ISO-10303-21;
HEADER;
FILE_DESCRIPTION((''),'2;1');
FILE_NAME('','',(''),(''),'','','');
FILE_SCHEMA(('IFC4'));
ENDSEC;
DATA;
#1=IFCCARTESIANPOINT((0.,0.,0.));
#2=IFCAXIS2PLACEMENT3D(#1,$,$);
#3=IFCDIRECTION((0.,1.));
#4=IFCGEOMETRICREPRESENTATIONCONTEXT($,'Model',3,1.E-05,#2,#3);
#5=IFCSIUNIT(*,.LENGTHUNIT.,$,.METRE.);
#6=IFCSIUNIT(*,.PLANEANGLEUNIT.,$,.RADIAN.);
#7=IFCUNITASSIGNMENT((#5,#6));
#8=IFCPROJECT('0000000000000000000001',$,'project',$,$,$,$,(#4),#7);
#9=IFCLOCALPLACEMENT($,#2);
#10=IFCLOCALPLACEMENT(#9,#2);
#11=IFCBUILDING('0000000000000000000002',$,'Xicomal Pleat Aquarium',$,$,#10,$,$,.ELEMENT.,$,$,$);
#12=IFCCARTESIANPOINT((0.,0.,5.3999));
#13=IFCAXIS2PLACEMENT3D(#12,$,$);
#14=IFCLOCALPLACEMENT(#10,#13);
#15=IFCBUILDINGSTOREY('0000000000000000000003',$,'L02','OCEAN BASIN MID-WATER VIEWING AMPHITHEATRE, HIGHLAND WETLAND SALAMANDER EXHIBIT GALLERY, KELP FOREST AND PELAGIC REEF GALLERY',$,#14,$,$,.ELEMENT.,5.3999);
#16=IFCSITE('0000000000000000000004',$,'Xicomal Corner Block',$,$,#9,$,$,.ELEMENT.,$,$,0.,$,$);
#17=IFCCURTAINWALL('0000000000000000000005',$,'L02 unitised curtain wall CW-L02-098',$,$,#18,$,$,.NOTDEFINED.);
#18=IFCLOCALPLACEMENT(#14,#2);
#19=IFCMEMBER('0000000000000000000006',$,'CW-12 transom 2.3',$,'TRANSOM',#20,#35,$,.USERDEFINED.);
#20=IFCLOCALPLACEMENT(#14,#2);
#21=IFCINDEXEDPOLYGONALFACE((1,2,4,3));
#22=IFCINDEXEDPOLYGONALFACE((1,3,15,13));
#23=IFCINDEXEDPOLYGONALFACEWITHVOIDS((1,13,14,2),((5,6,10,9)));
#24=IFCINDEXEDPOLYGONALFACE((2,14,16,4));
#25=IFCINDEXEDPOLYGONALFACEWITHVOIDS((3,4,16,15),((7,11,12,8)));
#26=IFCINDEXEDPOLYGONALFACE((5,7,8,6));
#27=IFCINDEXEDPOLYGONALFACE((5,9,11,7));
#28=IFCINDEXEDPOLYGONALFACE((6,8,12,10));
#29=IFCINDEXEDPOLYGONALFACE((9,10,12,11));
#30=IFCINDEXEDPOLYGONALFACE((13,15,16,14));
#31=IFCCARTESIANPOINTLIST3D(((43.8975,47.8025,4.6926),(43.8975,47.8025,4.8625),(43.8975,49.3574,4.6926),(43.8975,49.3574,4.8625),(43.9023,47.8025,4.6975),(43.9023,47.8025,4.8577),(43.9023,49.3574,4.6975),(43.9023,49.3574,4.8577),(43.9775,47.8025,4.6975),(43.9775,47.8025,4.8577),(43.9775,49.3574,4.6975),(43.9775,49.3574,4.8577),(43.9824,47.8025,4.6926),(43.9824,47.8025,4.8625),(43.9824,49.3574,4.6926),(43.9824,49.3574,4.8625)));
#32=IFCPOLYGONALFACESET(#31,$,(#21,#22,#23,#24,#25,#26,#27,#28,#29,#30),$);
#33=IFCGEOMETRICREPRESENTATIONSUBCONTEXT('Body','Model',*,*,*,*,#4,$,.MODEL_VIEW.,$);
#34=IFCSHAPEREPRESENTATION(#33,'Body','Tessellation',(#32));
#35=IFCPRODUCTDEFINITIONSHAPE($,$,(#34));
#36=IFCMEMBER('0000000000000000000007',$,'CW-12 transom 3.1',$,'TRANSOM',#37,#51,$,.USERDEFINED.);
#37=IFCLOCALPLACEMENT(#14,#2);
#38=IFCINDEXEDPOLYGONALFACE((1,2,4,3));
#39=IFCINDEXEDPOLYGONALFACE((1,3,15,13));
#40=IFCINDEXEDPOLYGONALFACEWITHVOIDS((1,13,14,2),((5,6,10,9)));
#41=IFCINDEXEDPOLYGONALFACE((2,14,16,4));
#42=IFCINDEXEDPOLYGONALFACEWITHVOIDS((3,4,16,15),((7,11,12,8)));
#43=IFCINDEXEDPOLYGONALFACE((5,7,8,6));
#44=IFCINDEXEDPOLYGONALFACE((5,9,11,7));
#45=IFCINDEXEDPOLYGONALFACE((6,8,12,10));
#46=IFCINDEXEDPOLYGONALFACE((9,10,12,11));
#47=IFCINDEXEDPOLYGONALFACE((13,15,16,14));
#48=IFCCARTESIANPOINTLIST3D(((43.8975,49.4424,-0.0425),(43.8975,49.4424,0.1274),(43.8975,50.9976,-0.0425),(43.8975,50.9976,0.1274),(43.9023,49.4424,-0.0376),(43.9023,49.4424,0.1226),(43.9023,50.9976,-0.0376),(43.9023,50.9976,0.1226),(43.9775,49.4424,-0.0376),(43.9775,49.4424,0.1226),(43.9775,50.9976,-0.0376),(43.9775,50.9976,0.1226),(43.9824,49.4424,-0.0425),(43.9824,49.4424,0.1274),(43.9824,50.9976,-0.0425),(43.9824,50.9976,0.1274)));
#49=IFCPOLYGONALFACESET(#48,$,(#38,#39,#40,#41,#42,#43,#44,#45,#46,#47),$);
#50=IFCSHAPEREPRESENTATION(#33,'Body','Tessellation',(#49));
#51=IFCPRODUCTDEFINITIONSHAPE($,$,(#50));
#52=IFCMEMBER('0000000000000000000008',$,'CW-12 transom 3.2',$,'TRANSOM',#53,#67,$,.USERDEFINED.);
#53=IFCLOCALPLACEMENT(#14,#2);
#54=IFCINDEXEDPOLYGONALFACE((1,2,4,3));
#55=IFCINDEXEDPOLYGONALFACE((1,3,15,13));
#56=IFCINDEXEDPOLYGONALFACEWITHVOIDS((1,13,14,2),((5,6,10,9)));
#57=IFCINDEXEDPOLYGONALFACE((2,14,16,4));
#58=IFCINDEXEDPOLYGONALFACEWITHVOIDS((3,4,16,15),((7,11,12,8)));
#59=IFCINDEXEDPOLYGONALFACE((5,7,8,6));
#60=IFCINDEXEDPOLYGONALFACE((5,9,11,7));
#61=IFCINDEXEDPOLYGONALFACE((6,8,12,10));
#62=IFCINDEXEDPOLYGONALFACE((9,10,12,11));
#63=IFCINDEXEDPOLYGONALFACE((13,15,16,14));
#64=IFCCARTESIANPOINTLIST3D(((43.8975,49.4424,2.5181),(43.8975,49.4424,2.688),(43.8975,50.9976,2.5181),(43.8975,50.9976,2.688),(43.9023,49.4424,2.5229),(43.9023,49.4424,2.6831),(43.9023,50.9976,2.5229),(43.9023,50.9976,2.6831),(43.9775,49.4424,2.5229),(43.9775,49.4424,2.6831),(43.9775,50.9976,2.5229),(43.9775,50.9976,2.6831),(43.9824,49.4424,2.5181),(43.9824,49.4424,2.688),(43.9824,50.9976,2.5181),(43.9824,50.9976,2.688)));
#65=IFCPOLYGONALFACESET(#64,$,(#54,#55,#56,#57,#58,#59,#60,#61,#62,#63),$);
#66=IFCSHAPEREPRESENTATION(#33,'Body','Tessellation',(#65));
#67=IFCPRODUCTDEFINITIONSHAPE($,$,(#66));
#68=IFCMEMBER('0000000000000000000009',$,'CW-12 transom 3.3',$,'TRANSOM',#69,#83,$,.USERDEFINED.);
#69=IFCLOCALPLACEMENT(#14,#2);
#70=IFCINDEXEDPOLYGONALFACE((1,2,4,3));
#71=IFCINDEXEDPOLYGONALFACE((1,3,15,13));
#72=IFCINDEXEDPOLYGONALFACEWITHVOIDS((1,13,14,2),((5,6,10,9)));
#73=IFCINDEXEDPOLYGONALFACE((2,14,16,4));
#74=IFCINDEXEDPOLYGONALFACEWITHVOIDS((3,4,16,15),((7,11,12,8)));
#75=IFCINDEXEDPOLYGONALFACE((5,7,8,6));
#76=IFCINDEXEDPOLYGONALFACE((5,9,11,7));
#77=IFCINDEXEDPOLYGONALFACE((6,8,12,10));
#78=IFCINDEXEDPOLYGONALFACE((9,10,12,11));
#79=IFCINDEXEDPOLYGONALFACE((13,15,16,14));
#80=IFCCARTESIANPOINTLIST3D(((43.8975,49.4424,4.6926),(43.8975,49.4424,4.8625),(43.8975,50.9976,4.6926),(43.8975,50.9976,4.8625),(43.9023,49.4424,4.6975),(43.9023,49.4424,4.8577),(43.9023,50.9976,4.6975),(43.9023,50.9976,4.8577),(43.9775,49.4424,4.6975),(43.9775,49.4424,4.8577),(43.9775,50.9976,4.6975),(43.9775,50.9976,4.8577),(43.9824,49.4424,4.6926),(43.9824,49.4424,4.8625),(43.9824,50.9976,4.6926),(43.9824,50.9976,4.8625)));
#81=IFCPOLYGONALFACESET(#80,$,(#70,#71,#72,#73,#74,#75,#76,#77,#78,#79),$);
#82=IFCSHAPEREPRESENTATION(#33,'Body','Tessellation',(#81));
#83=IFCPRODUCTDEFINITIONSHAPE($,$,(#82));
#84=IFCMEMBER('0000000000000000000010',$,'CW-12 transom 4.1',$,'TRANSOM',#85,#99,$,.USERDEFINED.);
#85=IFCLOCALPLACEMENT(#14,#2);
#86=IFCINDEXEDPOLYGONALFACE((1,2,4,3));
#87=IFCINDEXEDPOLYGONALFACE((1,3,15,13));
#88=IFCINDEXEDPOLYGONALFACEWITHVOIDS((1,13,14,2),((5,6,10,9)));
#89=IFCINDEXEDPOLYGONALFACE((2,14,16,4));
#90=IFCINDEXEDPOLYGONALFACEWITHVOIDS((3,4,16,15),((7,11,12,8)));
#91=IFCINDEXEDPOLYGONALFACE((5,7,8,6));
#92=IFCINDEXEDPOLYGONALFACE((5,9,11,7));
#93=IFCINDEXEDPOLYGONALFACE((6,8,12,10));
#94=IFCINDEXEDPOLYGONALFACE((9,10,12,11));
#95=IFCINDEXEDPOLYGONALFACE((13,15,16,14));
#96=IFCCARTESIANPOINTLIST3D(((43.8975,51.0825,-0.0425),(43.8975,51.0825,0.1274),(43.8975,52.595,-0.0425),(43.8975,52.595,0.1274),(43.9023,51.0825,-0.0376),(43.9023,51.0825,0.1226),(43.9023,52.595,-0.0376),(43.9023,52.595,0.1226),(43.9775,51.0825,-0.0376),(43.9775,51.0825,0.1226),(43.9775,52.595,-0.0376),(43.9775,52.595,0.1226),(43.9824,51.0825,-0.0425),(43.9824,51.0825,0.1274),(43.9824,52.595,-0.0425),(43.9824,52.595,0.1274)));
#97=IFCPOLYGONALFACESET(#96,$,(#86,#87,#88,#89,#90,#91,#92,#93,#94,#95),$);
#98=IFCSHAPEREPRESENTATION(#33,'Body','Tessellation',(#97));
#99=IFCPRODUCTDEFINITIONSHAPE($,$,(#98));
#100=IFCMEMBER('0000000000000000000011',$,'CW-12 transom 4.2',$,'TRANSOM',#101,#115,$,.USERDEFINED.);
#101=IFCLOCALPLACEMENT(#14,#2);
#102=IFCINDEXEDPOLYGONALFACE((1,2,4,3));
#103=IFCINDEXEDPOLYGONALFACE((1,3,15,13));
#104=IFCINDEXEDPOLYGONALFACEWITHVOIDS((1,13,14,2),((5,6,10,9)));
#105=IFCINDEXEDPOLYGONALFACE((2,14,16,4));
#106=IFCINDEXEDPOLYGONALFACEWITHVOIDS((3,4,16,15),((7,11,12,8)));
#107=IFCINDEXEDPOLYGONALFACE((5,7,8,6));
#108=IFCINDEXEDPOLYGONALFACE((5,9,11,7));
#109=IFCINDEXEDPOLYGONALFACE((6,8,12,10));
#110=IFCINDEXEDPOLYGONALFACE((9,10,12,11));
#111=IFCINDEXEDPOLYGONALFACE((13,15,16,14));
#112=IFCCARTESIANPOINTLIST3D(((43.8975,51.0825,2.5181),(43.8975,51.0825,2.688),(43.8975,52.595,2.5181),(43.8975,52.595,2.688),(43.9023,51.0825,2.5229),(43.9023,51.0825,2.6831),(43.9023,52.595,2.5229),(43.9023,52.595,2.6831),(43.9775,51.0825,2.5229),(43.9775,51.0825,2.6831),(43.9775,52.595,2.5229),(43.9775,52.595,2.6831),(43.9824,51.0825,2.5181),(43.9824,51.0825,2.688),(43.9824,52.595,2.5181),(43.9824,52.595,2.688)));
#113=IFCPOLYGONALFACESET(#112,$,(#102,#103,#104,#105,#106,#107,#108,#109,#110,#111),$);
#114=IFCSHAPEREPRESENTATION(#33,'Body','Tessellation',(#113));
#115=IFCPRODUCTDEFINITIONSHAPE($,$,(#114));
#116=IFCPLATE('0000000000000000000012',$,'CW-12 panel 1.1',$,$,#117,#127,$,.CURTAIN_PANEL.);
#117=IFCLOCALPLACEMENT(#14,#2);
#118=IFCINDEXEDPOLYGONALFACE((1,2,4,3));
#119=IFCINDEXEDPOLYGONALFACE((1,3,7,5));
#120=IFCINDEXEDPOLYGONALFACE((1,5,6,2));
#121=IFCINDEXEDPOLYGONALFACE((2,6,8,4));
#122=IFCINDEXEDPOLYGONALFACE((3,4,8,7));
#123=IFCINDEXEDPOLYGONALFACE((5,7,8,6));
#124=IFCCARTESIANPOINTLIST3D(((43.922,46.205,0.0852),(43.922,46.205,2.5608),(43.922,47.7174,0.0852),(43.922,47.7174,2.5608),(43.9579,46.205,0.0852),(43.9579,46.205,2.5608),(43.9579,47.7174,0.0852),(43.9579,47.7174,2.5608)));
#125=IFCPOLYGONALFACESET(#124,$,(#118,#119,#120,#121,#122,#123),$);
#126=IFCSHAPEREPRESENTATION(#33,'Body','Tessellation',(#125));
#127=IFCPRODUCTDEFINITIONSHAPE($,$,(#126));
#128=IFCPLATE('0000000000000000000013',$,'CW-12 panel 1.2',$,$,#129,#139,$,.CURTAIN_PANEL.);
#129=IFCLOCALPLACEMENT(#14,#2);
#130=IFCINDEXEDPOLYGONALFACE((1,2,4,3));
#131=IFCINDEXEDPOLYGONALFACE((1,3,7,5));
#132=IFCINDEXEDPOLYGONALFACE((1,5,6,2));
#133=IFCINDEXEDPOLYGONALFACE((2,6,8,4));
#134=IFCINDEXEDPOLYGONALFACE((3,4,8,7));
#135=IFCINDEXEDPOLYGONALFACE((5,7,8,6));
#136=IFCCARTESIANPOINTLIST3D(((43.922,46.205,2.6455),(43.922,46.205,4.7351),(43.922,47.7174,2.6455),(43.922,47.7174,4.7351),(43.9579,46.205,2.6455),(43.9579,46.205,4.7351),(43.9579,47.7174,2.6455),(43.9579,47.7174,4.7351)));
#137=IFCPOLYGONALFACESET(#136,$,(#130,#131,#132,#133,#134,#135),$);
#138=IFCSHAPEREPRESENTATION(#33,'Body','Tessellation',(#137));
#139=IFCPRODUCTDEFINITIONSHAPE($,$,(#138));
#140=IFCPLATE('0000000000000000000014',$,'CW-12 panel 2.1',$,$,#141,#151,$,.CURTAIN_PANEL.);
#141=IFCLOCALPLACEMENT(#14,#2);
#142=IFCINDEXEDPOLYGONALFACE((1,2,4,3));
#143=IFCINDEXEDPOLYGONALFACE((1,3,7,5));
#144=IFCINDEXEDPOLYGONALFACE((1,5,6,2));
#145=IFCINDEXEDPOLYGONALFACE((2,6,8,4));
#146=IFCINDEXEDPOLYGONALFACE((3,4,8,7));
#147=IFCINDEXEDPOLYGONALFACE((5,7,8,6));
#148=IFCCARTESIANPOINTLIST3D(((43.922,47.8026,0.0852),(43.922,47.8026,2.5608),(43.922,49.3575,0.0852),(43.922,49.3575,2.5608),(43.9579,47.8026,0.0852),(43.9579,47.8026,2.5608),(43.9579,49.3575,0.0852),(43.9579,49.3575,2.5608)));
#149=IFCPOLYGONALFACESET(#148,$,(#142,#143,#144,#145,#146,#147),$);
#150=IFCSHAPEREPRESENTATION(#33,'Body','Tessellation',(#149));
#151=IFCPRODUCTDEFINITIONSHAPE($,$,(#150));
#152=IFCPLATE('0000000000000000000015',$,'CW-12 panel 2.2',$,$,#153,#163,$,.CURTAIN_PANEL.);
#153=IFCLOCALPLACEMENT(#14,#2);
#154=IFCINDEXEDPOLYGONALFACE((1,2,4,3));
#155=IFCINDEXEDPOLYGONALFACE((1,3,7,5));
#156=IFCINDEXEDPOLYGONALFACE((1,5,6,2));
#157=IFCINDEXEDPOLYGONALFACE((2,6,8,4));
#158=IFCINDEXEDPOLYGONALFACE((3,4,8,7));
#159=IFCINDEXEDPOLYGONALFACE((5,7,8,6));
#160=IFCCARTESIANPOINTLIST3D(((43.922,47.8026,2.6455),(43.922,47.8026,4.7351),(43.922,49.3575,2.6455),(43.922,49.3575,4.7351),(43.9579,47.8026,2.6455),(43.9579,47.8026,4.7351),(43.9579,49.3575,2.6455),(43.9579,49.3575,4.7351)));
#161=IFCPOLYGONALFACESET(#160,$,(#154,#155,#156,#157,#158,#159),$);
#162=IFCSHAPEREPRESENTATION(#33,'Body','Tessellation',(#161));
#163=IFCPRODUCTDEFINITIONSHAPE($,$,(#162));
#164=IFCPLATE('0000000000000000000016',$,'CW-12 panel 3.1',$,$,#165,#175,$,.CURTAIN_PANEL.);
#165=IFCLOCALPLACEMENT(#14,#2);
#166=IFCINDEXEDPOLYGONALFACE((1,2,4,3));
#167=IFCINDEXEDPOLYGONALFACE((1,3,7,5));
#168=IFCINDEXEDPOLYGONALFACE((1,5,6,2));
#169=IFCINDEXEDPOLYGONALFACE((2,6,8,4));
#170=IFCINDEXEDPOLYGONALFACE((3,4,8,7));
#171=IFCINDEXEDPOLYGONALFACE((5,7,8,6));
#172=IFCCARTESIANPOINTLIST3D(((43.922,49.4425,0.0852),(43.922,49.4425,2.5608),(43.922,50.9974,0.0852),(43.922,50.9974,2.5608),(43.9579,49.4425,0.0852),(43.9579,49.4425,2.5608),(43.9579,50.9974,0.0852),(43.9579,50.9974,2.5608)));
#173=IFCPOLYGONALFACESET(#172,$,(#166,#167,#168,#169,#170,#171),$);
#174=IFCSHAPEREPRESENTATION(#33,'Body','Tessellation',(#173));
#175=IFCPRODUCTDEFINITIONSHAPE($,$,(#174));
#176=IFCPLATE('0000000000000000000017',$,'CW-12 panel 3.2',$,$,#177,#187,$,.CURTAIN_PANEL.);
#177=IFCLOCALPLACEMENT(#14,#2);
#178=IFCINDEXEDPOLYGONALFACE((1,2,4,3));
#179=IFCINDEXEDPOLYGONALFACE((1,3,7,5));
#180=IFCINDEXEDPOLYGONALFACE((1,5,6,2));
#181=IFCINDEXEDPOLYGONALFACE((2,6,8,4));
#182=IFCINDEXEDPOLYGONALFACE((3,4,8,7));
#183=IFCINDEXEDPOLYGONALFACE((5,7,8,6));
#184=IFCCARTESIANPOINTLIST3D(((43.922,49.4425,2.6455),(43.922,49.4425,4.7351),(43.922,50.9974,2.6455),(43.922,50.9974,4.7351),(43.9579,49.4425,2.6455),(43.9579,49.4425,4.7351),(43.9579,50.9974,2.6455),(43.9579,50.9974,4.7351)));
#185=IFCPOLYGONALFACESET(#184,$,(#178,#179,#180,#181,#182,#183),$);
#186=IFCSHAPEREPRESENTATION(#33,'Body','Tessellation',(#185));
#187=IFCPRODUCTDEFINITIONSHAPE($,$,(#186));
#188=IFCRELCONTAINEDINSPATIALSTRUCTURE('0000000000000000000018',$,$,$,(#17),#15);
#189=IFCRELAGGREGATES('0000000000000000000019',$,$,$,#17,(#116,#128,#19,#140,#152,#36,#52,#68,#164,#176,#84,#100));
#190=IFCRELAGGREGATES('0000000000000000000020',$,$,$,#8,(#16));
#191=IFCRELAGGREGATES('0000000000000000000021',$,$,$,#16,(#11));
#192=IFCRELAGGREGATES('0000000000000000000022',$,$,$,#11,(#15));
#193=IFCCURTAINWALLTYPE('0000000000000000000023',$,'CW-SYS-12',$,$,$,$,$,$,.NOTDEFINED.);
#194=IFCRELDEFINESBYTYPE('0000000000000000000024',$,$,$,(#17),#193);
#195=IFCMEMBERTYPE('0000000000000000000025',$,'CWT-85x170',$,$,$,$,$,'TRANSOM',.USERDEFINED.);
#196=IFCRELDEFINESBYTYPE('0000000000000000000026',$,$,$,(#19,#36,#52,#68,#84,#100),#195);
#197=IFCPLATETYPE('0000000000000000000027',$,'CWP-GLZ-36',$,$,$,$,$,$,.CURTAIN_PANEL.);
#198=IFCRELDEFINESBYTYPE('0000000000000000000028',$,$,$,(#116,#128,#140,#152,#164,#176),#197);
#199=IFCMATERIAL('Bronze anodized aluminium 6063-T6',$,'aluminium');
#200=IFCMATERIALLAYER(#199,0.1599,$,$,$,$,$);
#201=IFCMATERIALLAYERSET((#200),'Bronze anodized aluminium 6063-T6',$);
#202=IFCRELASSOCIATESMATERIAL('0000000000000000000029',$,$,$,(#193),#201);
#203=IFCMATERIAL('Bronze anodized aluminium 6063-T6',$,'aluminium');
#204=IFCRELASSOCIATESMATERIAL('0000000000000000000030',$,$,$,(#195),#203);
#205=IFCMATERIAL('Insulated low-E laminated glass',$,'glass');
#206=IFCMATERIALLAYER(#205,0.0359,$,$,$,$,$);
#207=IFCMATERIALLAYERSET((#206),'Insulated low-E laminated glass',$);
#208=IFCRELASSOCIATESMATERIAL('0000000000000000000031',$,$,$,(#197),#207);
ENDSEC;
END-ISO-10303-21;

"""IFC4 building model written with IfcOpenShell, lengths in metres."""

from ifc_helpers import new_model, si_unit, direction, frame, origin, origin_2d, place, context, subcontext, project, spatial, rectangle, hollow_rectangle, extrude, material, layer, layer_set, material_profile, profile_set, type_object, element, aggregate, save


model = new_model("IFC4")

# Units and contexts
model_context = context("Model", 3, precision=1e-05, world=origin(), true_north=direction((0.0, 1.0)))
body_context = subcontext(model_context, "Body", "Model", "MODEL_VIEW")
ifc_project = project(units=[si_unit("LENGTHUNIT", "METRE"), si_unit("PLANEANGLEUNIT", "RADIAN")], contexts=[model_context])

# Site, building, storey
site_placement = place(None, origin())
site = spatial("IfcSite", under=ifc_project, at=site_placement, Name="Xicomal Corner Block", CompositionType="ELEMENT", RefElevation=0.0)
building_placement = place(site_placement, origin())
building = spatial("IfcBuilding", under=site, at=building_placement, Name="Xicomal Pleat Aquarium", CompositionType="ELEMENT")
storey_placement = place(building_placement, frame((0.0, 0.0, 5.3999)))
storey = spatial("IfcBuildingStorey", under=building, at=storey_placement, Name="L02", Description="OCEAN BASIN MID-WATER VIEWING AMPHITHEATRE, HIGHLAND WETLAND SALAMANDER EXHIBIT GALLERY, KELP FOREST AND PELAGIC REEF GALLERY", CompositionType="ELEMENT", Elevation=5.3999)

# Curtain wall, members, plates
ifc_material_1 = material(Name="Bronze anodized aluminium 6063-T6", Category="aluminium")
ifc_layer_1 = layer(ifc_material_1, 0.1599)
ifc_layer_set_1 = layer_set([ifc_layer_1], Name="Bronze anodized aluminium 6063-T6")
curtain_wall_type = type_object("IfcCurtainWallType", Name="CW-SYS-12", PredefinedType="NOTDEFINED", material=ifc_layer_set_1)
curtain_wall_placement = place(storey_placement, origin())
curtain_wall = element("IfcCurtainWall", 1, at=curtain_wall_placement, inside=storey, type_object=curtain_wall_type, Name="L02 unitised curtain wall CW-L02-098", PredefinedType="NOTDEFINED")
ifc_material_2 = material(Name="Bronze anodized aluminium 6063-T6", Category="aluminium")
ifc_material_profile_1 = material_profile(ifc_material_2, hollow_rectangle(XDim=0.085, YDim=0.1699, WallThickness=0.0049, at=origin_2d()), Name="ALU TRAN 85x170")
ifc_profile_set_1 = profile_set([ifc_material_profile_1], Name="Bronze anodized aluminium 6063-T6")
member_type_1 = type_object("IfcMemberType", Name="CWT-85x170", ElementType="TRANSOM", PredefinedType="USERDEFINED", material=ifc_profile_set_1)
member_1_placement = place(storey_placement, frame((43.9399, 47.8025, 4.7776), z_axis=(0.0, 1.0, 0.0), x_axis=(-1.0, 0.0, 0.0)))
member_1 = element("IfcMember", 2, at=member_1_placement, type_object=member_type_1, Name="CW-12 transom 2.3", ObjectType="TRANSOM", PredefinedType="USERDEFINED", context=body_context, shape_type="SweptSolid", body=[
    extrude(hollow_rectangle(XDim=0.085, YDim=0.1699, WallThickness=0.0049, at=origin_2d()), origin(), (0.0, 0.0, 1.0), 1.5549),
])
member_2_placement = place(storey_placement, frame((43.9399, 49.4424, 0.0425), z_axis=(0.0, 1.0, 0.0), x_axis=(-1.0, 0.0, 0.0)))
member_2 = element("IfcMember", 3, at=member_2_placement, type_object=member_type_1, Name="CW-12 transom 3.1", ObjectType="TRANSOM", PredefinedType="USERDEFINED", context=body_context, shape_type="SweptSolid", body=[
    extrude(hollow_rectangle(XDim=0.085, YDim=0.1699, WallThickness=0.0049, at=origin_2d()), origin(), (0.0, 0.0, 1.0), 1.5552),
])
member_3_placement = place(storey_placement, frame((43.9399, 49.4424, 2.603), z_axis=(0.0, 1.0, 0.0), x_axis=(-1.0, 0.0, 0.0)))
member_3 = element("IfcMember", 4, at=member_3_placement, type_object=member_type_1, Name="CW-12 transom 3.2", ObjectType="TRANSOM", PredefinedType="USERDEFINED", context=body_context, shape_type="SweptSolid", body=[
    extrude(hollow_rectangle(XDim=0.085, YDim=0.1699, WallThickness=0.0049, at=origin_2d()), origin(), (0.0, 0.0, 1.0), 1.5552),
])
member_4_placement = place(storey_placement, frame((43.9399, 49.4424, 4.7776), z_axis=(0.0, 1.0, 0.0), x_axis=(-1.0, 0.0, 0.0)))
member_4 = element("IfcMember", 5, at=member_4_placement, type_object=member_type_1, Name="CW-12 transom 3.3", ObjectType="TRANSOM", PredefinedType="USERDEFINED", context=body_context, shape_type="SweptSolid", body=[
    extrude(hollow_rectangle(XDim=0.085, YDim=0.1699, WallThickness=0.0049, at=origin_2d()), origin(), (0.0, 0.0, 1.0), 1.5552),
])
member_5_placement = place(storey_placement, frame((43.9399, 51.0825, 0.0425), z_axis=(0.0, 1.0, 0.0), x_axis=(-1.0, 0.0, 0.0)))
member_5 = element("IfcMember", 6, at=member_5_placement, type_object=member_type_1, Name="CW-12 transom 4.1", ObjectType="TRANSOM", PredefinedType="USERDEFINED", context=body_context, shape_type="SweptSolid", body=[
    extrude(hollow_rectangle(XDim=0.085, YDim=0.1699, WallThickness=0.0049, at=origin_2d()), origin(), (0.0, 0.0, 1.0), 1.5125),
])
member_6_placement = place(storey_placement, frame((43.9399, 51.0825, 2.603), z_axis=(0.0, 1.0, 0.0), x_axis=(-1.0, 0.0, 0.0)))
member_6 = element("IfcMember", 7, at=member_6_placement, type_object=member_type_1, Name="CW-12 transom 4.2", ObjectType="TRANSOM", PredefinedType="USERDEFINED", context=body_context, shape_type="SweptSolid", body=[
    extrude(hollow_rectangle(XDim=0.085, YDim=0.1699, WallThickness=0.0049, at=origin_2d()), origin(), (0.0, 0.0, 1.0), 1.5125),
])
ifc_material_3 = material(Name="Insulated low-E laminated glass", Category="glass")
ifc_layer_2 = layer(ifc_material_3, 0.0359)
ifc_layer_set_2 = layer_set([ifc_layer_2], Name="Insulated low-E laminated glass")
plate_type = type_object("IfcPlateType", Name="CWP-GLZ-36", PredefinedType="CURTAIN_PANEL", material=ifc_layer_set_2)
plate_1_placement = place(storey_placement, frame((43.9399, 46.9612, 0.0852), z_axis=(0.0, 0.0, 1.0), x_axis=(0.0, 1.0, 0.0)))
plate_1 = element("IfcPlate", 8, at=plate_1_placement, type_object=plate_type, Name="CW-12 panel 1.1", PredefinedType="CURTAIN_PANEL", context=body_context, shape_type="SweptSolid", body=[
    extrude(rectangle(XDim=1.5125, YDim=0.0359, at=origin_2d()), origin(), (0.0, 0.0, 1.0), 2.4756),
])
plate_2_placement = place(storey_placement, frame((43.9399, 46.9612, 2.6455), z_axis=(0.0, 0.0, 1.0), x_axis=(0.0, 1.0, 0.0)))
plate_2 = element("IfcPlate", 9, at=plate_2_placement, type_object=plate_type, Name="CW-12 panel 1.2", PredefinedType="CURTAIN_PANEL", context=body_context, shape_type="SweptSolid", body=[
    extrude(rectangle(XDim=1.5125, YDim=0.0359, at=origin_2d()), origin(), (0.0, 0.0, 1.0), 2.0896),
])
plate_3_placement = place(storey_placement, frame((43.9399, 48.5801, 0.0852), z_axis=(0.0, 0.0, 1.0), x_axis=(0.0, 1.0, 0.0)))
plate_3 = element("IfcPlate", 10, at=plate_3_placement, type_object=plate_type, Name="CW-12 panel 2.1", PredefinedType="CURTAIN_PANEL", context=body_context, shape_type="SweptSolid", body=[
    extrude(rectangle(XDim=1.5549, YDim=0.0359, at=origin_2d()), origin(), (0.0, 0.0, 1.0), 2.4756),
])
plate_4_placement = place(storey_placement, frame((43.9399, 48.5801, 2.6455), z_axis=(0.0, 0.0, 1.0), x_axis=(0.0, 1.0, 0.0)))
plate_4 = element("IfcPlate", 11, at=plate_4_placement, type_object=plate_type, Name="CW-12 panel 2.2", PredefinedType="CURTAIN_PANEL", context=body_context, shape_type="SweptSolid", body=[
    extrude(rectangle(XDim=1.5549, YDim=0.0359, at=origin_2d()), origin(), (0.0, 0.0, 1.0), 2.0896),
])
plate_5_placement = place(storey_placement, frame((43.9399, 50.22, 0.0852), z_axis=(0.0, 0.0, 1.0), x_axis=(0.0, 1.0, 0.0)))
plate_5 = element("IfcPlate", 12, at=plate_5_placement, type_object=plate_type, Name="CW-12 panel 3.1", PredefinedType="CURTAIN_PANEL", context=body_context, shape_type="SweptSolid", body=[
    extrude(rectangle(XDim=1.5549, YDim=0.0359, at=origin_2d()), origin(), (0.0, 0.0, 1.0), 2.4756),
])
plate_6_placement = place(storey_placement, frame((43.9399, 50.22, 2.6455), z_axis=(0.0, 0.0, 1.0), x_axis=(0.0, 1.0, 0.0)))
plate_6 = element("IfcPlate", 13, at=plate_6_placement, type_object=plate_type, Name="CW-12 panel 3.2", PredefinedType="CURTAIN_PANEL", context=body_context, shape_type="SweptSolid", body=[
    extrude(rectangle(XDim=1.5549, YDim=0.0359, at=origin_2d()), origin(), (0.0, 0.0, 1.0), 2.0896),
])
aggregate(curtain_wall, [plate_1, plate_2, member_1, plate_3, plate_4, member_2, member_3, member_4, plate_5, plate_6, member_5, member_6])

save(model, "model.ifc")
